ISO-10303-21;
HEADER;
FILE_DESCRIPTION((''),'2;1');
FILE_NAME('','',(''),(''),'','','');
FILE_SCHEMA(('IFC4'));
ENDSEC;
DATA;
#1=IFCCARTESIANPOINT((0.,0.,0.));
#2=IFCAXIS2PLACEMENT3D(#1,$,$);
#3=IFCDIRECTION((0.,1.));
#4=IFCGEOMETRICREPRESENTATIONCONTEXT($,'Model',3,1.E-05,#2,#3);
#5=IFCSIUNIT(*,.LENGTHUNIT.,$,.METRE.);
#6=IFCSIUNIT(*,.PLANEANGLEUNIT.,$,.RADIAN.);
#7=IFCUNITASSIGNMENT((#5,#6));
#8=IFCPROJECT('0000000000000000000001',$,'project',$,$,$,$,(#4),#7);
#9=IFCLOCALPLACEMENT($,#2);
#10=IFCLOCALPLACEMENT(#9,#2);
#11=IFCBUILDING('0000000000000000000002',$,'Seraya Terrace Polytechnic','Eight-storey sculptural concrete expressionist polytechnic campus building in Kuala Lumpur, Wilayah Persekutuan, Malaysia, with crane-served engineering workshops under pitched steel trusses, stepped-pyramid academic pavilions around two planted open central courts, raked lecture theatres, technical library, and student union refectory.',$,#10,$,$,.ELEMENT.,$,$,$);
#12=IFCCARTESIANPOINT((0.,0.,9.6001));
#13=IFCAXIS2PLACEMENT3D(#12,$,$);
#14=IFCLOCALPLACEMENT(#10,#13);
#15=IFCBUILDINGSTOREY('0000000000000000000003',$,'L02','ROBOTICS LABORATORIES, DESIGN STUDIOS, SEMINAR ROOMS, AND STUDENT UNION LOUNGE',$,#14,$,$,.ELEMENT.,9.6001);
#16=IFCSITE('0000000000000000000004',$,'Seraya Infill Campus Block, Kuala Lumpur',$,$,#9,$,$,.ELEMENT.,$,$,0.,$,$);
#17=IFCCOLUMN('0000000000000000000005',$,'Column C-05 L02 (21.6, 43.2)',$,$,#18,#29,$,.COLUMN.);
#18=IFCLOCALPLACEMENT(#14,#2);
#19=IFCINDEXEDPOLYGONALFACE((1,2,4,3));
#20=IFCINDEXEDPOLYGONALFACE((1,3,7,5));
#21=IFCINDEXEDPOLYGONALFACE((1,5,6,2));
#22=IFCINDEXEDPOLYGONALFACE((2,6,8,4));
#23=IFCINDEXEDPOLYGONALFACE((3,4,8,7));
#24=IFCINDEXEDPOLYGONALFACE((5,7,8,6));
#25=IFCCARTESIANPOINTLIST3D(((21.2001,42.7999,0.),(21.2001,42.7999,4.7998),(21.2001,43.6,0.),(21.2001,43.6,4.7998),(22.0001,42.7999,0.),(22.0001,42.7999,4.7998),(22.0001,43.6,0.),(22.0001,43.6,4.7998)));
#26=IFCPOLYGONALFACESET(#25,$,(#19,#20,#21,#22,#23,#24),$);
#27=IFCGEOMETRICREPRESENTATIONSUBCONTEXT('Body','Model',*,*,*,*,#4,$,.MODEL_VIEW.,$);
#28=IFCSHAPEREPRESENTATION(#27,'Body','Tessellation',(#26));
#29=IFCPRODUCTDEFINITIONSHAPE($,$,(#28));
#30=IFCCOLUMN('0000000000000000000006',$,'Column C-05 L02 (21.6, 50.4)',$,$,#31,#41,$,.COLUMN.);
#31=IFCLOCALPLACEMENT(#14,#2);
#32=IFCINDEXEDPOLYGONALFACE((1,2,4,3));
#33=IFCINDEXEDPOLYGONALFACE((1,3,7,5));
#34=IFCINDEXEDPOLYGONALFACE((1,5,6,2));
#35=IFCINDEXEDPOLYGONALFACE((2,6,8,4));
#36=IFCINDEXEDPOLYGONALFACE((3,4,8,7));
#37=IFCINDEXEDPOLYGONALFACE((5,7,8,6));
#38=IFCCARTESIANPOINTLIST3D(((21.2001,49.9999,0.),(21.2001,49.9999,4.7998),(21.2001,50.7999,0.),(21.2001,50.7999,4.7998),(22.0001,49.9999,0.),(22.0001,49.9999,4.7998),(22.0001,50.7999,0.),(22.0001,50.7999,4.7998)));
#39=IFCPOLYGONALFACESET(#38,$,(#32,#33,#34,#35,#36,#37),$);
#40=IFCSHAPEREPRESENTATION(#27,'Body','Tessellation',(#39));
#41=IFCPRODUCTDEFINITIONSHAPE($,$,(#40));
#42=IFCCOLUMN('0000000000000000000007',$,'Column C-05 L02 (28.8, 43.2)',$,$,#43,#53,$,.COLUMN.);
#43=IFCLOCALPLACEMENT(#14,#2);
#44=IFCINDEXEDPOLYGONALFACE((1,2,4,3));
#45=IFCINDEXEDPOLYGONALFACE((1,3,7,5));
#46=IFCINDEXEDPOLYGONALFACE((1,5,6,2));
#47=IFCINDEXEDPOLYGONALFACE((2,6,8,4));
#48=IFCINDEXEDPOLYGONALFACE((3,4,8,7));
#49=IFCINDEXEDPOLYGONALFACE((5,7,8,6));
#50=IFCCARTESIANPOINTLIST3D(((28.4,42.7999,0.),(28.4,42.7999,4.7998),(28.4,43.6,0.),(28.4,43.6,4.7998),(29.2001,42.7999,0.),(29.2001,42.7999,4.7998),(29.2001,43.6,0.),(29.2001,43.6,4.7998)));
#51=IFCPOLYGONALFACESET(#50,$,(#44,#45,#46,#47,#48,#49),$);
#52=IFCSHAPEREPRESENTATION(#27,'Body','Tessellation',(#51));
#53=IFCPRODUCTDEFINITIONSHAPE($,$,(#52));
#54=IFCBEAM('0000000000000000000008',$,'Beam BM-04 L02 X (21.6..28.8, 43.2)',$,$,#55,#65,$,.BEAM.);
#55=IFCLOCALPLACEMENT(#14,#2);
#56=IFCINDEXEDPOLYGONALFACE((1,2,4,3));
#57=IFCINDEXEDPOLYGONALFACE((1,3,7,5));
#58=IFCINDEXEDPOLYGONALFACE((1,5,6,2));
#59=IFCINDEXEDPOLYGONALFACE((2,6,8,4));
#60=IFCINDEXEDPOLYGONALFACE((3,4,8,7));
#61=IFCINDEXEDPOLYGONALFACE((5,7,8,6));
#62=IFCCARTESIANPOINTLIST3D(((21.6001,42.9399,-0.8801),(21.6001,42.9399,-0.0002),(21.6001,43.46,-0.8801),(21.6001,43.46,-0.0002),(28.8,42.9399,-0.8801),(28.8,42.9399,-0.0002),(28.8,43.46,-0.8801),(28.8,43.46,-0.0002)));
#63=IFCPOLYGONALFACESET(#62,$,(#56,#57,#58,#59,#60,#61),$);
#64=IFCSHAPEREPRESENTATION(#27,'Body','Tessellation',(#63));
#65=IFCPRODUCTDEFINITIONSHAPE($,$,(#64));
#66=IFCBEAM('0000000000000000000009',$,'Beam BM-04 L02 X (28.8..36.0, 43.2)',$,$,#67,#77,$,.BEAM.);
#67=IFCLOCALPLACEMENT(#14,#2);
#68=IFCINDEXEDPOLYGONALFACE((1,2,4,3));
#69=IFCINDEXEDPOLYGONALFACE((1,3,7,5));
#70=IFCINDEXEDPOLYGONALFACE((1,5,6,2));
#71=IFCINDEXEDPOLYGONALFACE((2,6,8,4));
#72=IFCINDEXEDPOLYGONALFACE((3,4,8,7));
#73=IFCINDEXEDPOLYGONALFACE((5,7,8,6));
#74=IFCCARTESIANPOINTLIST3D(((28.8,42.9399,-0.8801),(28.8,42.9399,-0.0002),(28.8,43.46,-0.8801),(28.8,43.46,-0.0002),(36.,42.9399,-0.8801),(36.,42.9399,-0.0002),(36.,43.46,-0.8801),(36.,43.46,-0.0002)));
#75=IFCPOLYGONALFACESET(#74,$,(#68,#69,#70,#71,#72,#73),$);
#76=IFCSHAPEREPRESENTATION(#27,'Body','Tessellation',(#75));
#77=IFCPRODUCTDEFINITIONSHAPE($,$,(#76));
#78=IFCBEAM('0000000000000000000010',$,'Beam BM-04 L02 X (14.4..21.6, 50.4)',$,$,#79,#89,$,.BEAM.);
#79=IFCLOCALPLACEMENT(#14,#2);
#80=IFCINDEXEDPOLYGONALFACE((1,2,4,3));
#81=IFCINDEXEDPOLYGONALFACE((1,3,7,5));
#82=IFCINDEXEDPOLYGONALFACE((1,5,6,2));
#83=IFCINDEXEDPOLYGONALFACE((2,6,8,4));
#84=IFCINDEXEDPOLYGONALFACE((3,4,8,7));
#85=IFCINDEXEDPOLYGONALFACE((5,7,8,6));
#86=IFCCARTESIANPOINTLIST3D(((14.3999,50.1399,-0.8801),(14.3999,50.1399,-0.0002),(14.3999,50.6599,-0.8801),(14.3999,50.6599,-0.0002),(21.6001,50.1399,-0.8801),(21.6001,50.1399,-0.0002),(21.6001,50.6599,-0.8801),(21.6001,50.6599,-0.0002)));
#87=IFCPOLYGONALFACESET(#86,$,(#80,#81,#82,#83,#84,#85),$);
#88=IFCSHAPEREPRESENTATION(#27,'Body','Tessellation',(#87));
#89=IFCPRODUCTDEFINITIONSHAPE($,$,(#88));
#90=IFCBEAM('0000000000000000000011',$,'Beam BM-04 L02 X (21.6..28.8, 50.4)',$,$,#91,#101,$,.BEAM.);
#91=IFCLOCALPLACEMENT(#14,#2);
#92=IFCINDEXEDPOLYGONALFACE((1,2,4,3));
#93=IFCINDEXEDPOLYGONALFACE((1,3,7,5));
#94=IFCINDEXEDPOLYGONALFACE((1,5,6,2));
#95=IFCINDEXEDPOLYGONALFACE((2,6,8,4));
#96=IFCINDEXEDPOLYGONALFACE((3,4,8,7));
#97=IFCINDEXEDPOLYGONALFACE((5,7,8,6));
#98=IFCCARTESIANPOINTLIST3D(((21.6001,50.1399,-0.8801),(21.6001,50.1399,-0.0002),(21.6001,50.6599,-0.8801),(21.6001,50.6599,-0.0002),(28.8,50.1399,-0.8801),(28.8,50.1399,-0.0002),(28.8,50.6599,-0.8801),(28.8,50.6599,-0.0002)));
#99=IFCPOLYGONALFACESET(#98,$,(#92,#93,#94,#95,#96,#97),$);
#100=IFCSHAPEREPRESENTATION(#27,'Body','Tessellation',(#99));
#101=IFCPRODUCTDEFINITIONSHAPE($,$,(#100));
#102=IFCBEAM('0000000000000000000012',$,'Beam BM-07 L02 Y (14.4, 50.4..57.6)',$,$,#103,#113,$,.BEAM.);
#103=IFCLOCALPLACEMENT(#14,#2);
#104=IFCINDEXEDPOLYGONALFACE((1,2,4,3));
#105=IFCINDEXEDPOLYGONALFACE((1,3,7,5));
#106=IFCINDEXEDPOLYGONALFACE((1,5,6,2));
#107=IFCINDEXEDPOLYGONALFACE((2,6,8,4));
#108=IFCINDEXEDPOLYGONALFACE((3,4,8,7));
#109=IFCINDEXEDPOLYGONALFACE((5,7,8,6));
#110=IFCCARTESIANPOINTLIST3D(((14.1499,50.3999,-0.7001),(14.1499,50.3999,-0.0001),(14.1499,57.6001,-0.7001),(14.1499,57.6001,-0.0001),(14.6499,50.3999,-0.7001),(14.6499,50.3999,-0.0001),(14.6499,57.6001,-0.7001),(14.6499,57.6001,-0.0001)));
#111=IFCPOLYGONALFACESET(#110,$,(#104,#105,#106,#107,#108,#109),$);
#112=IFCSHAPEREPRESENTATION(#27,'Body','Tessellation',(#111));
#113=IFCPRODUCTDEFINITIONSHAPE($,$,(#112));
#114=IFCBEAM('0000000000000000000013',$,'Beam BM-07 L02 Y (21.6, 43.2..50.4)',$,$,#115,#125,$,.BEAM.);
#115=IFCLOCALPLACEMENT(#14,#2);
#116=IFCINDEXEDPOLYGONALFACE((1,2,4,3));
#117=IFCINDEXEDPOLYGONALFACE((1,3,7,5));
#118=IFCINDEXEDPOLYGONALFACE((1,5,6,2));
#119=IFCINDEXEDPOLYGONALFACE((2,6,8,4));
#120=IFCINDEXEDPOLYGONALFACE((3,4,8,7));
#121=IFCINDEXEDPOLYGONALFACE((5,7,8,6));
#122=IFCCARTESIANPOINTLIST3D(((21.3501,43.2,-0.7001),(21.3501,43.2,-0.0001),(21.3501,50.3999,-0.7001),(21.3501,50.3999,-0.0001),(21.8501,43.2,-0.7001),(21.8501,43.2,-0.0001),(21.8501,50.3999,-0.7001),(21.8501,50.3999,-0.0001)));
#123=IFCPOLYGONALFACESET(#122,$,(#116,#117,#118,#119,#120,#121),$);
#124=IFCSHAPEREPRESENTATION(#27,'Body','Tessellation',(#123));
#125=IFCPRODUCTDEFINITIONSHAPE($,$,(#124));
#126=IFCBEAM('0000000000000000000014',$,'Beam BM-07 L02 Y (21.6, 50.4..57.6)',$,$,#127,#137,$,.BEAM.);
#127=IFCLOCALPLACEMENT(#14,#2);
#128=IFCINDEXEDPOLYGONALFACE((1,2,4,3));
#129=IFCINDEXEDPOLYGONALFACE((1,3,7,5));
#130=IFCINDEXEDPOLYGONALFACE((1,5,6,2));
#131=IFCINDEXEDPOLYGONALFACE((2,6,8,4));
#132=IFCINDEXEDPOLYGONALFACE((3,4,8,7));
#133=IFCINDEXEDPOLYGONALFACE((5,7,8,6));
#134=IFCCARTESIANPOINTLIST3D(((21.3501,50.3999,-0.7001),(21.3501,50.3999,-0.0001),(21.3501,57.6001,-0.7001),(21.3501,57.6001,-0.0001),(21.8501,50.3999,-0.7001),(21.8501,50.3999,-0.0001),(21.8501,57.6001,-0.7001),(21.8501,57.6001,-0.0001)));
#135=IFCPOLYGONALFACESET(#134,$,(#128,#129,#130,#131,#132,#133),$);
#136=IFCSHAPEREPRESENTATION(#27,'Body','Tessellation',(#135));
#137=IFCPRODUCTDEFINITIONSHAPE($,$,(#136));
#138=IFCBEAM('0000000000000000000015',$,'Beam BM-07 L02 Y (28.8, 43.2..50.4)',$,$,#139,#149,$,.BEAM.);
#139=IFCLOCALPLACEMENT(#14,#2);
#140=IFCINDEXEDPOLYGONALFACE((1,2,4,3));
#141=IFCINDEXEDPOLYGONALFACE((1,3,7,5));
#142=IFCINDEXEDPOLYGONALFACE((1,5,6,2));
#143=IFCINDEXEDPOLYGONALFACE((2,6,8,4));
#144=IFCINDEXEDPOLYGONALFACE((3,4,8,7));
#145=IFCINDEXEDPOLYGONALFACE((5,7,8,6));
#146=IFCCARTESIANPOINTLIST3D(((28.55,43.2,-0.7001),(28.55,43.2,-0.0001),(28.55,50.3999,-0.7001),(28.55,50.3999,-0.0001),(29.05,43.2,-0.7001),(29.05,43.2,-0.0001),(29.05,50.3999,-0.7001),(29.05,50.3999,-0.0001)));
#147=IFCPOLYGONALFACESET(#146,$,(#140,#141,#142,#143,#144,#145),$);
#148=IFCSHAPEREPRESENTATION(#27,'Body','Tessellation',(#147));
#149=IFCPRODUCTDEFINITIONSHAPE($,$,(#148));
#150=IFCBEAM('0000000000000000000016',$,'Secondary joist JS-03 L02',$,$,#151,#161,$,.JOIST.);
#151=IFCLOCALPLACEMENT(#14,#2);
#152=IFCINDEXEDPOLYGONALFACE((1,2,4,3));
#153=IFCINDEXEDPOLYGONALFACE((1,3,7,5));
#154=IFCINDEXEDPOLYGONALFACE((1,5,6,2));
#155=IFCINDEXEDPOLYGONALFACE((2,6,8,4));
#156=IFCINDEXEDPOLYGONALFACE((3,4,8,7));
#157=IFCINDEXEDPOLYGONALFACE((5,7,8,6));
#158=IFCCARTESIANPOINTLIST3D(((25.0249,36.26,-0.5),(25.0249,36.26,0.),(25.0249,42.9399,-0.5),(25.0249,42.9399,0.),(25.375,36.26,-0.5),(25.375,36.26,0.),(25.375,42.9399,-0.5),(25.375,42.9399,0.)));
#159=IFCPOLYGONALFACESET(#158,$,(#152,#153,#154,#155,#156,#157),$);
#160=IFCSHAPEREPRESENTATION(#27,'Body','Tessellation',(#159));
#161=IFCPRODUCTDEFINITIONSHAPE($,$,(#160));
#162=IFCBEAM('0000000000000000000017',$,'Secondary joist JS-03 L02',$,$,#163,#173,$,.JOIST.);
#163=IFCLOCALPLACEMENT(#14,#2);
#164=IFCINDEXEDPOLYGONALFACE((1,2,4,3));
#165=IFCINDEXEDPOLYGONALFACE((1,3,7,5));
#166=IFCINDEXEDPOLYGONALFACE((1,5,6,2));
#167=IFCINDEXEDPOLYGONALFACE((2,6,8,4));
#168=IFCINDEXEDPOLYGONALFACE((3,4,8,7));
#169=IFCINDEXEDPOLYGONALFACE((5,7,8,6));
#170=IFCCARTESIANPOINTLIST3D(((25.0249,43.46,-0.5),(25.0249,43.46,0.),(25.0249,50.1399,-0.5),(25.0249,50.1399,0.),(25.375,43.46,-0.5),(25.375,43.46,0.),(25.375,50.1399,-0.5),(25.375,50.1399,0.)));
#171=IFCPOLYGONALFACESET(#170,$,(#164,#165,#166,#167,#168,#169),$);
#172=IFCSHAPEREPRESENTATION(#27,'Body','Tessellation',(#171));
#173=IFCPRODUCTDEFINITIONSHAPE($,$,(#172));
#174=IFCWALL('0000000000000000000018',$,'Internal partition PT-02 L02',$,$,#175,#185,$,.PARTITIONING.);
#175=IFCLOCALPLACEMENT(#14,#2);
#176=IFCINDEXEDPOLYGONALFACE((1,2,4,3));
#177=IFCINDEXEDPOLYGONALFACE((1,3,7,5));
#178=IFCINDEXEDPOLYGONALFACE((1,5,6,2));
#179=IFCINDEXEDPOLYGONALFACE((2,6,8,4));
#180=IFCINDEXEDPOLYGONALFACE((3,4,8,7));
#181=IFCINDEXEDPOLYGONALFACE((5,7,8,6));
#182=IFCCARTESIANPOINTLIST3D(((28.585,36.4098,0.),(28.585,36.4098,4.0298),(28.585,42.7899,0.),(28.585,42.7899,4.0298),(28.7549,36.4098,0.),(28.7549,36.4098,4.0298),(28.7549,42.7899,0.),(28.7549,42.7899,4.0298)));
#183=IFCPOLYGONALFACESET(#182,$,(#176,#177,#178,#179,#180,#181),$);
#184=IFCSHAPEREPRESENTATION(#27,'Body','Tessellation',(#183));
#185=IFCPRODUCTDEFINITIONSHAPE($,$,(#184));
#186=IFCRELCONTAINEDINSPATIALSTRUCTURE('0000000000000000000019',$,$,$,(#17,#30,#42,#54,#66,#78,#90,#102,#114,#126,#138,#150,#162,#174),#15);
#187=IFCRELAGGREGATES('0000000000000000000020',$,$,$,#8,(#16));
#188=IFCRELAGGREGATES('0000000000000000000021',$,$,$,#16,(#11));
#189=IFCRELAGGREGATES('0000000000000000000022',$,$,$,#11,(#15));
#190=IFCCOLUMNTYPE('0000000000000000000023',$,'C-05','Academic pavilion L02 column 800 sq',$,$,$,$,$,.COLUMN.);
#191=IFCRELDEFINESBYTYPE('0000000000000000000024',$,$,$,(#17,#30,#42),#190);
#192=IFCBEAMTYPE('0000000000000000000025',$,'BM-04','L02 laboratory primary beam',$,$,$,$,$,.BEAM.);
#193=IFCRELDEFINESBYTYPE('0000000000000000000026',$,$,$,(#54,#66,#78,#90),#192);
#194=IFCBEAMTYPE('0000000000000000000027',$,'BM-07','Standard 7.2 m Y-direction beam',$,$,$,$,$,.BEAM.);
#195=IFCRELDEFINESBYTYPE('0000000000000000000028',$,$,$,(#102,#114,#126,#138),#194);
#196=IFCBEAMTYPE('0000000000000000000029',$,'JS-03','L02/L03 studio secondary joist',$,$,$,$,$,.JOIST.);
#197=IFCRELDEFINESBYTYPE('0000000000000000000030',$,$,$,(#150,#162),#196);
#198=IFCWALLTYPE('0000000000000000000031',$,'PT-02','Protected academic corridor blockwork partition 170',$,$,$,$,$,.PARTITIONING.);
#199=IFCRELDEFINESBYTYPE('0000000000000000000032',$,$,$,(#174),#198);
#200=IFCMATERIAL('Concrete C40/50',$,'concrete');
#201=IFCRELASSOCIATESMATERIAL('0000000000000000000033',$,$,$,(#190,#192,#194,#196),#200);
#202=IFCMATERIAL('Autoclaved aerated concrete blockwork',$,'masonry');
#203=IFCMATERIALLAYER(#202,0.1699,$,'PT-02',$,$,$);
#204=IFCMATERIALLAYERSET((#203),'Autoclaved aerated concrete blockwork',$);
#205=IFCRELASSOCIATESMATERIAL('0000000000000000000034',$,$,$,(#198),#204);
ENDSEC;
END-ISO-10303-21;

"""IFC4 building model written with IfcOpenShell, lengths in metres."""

from ifc_helpers import new_model, si_unit, direction, frame, frame_2d, origin, origin_2d, place, context, subcontext, project, spatial, rectangle, extrude, material, layer, layer_set, material_profile, profile_set, type_object, element, save


model = new_model("IFC4")

# Units and contexts
model_context = context("Model", 3, precision=1e-05, world=origin(), true_north=direction((0.0, 1.0)))
body_context = subcontext(model_context, "Body", "Model", "MODEL_VIEW")
ifc_project = project(units=[si_unit("LENGTHUNIT", "METRE"), si_unit("PLANEANGLEUNIT", "RADIAN")], contexts=[model_context])

# Site, building, storey
site_placement = place(None, origin())
site = spatial("IfcSite", under=ifc_project, at=site_placement, Name="Seraya Infill Campus Block, Kuala Lumpur", CompositionType="ELEMENT", RefElevation=0.0)
building_placement = place(site_placement, origin())
building = spatial("IfcBuilding", under=site, at=building_placement, Name="Seraya Terrace Polytechnic", Description="Eight-storey sculptural concrete expressionist polytechnic campus building in Kuala Lumpur, Wilayah Persekutuan, Malaysia, with crane-served engineering workshops under pitched steel trusses, stepped-pyramid academic pavilions around two planted open central courts, raked lecture theatres, technical library, and student union refectory.", CompositionType="ELEMENT")
storey_placement = place(building_placement, frame((0.0, 0.0, 9.6001)))
storey = spatial("IfcBuildingStorey", under=building, at=storey_placement, Name="L02", Description="ROBOTICS LABORATORIES, DESIGN STUDIOS, SEMINAR ROOMS, AND STUDENT UNION LOUNGE", CompositionType="ELEMENT", Elevation=9.6001)

# Columns
ifc_material_1 = material(Name="Concrete C40/50", Category="concrete")
ifc_material_profile_1 = material_profile(ifc_material_1, rectangle(XDim=0.8, YDim=0.8, at=origin_2d()), Name="RC 800x800")
ifc_profile_set_1 = profile_set([ifc_material_profile_1], Name="Concrete C40/50")
column_type = type_object("IfcColumnType", Name="C-05", Description="Academic pavilion L02 column 800 sq", PredefinedType="COLUMN", material=ifc_profile_set_1)
for number, where, z_axis, x_axis, name in (
    (1, (21.6001, 43.2, 0.0), (0.0, 0.0, 1.0), (1.0, 0.0, 0.0), "Column C-05 L02 (21.6, 43.2)"),
    (2, (21.6001, 50.3999, 0.0), (0.0, 0.0, 1.0), (1.0, 0.0, 0.0), "Column C-05 L02 (21.6, 50.4)"),
    (3, (28.8, 43.2, 0.0), (0.0, 0.0, 1.0), (1.0, 0.0, 0.0), "Column C-05 L02 (28.8, 43.2)"),
):
    element("IfcColumn", number, at=place(storey_placement, frame(where, z_axis=z_axis, x_axis=x_axis)), inside=storey, type_object=column_type, Name=name, PredefinedType="COLUMN", context=body_context, shape_type="SweptSolid", body=[
        extrude(rectangle(XDim=0.8, YDim=0.8, at=origin_2d()), origin(), (0.0, 0.0, 1.0), 4.7998),
    ])

# Beams
ifc_material_profile_2 = material_profile(ifc_material_1, rectangle(XDim=0.52, YDim=0.8799, at=origin_2d()), Name="RC 520x880")
ifc_profile_set_2 = profile_set([ifc_material_profile_2], Name="Concrete C40/50")
beam_type_1 = type_object("IfcBeamType", Name="BM-04", Description="L02 laboratory primary beam", PredefinedType="BEAM", material=ifc_profile_set_2)
for number, where, z_axis, x_axis, name in (
    (4, (21.6001, 43.2, -0.4402), (1.0, 0.0, 0.0), (0.0, 1.0, 0.0), "Beam BM-04 L02 X (21.6..28.8, 43.2)"),
    (5, (28.8, 43.2, -0.4402), (1.0, 0.0, 0.0), (0.0, 1.0, 0.0), "Beam BM-04 L02 X (28.8..36.0, 43.2)"),
):
    element("IfcBeam", number, at=place(storey_placement, frame(where, z_axis=z_axis, x_axis=x_axis)), inside=storey, type_object=beam_type_1, Name=name, PredefinedType="BEAM", context=body_context, shape_type="SweptSolid", body=[
        extrude(rectangle(XDim=0.52, YDim=0.8799, at=origin_2d()), origin(), (0.0, 0.0, 1.0), 7.2),
    ])
beam_1_placement = place(storey_placement, frame((14.3999, 50.3999, -0.4402), z_axis=(1.0, 0.0, 0.0), x_axis=(0.0, 1.0, 0.0)))
element("IfcBeam", 6, at=beam_1_placement, inside=storey, type_object=beam_type_1, Name="Beam BM-04 L02 X (14.4..21.6, 50.4)", PredefinedType="BEAM", context=body_context, shape_type="SweptSolid", body=[
    extrude(rectangle(XDim=0.52, YDim=0.8799, at=origin_2d()), origin(), (0.0, 0.0, 1.0), 7.2002),
])
beam_2_placement = place(storey_placement, frame((21.6001, 50.3999, -0.4402), z_axis=(1.0, 0.0, 0.0), x_axis=(0.0, 1.0, 0.0)))
element("IfcBeam", 7, at=beam_2_placement, inside=storey, type_object=beam_type_1, Name="Beam BM-04 L02 X (21.6..28.8, 50.4)", PredefinedType="BEAM", context=body_context, shape_type="SweptSolid", body=[
    extrude(rectangle(XDim=0.52, YDim=0.8799, at=origin_2d()), origin(), (0.0, 0.0, 1.0), 7.2),
])
ifc_material_profile_3 = material_profile(ifc_material_1, rectangle(XDim=0.5, YDim=0.7, at=origin_2d()), Name="RC 500x700")
ifc_profile_set_3 = profile_set([ifc_material_profile_3], Name="Concrete C40/50")
beam_type_2 = type_object("IfcBeamType", Name="BM-07", Description="Standard 7.2 m Y-direction beam", PredefinedType="BEAM", material=ifc_profile_set_3)
beam_3_placement = place(storey_placement, frame((14.3999, 50.3999, -0.3501), z_axis=(0.0, 1.0, 0.0), x_axis=(-1.0, 0.0, 0.0)))
element("IfcBeam", 8, at=beam_3_placement, inside=storey, type_object=beam_type_2, Name="Beam BM-07 L02 Y (14.4, 50.4..57.6)", PredefinedType="BEAM", context=body_context, shape_type="SweptSolid", body=[
    extrude(rectangle(XDim=0.5, YDim=0.7, at=origin_2d()), origin(), (0.0, 0.0, 1.0), 7.2002),
])
beam_4_placement = place(storey_placement, frame((21.6001, 43.2, -0.3501), z_axis=(0.0, 1.0, 0.0), x_axis=(-1.0, 0.0, 0.0)))
element("IfcBeam", 9, at=beam_4_placement, inside=storey, type_object=beam_type_2, Name="Beam BM-07 L02 Y (21.6, 43.2..50.4)", PredefinedType="BEAM", context=body_context, shape_type="SweptSolid", body=[
    extrude(rectangle(XDim=0.5, YDim=0.7, at=origin_2d()), origin(), (0.0, 0.0, 1.0), 7.2),
])
beam_5_placement = place(storey_placement, frame((21.6001, 50.3999, -0.3501), z_axis=(0.0, 1.0, 0.0), x_axis=(-1.0, 0.0, 0.0)))
element("IfcBeam", 10, at=beam_5_placement, inside=storey, type_object=beam_type_2, Name="Beam BM-07 L02 Y (21.6, 50.4..57.6)", PredefinedType="BEAM", context=body_context, shape_type="SweptSolid", body=[
    extrude(rectangle(XDim=0.5, YDim=0.7, at=origin_2d()), origin(), (0.0, 0.0, 1.0), 7.2002),
])
beam_6_placement = place(storey_placement, frame((28.8, 43.2, -0.3501), z_axis=(0.0, 1.0, 0.0), x_axis=(-1.0, 0.0, 0.0)))
element("IfcBeam", 11, at=beam_6_placement, inside=storey, type_object=beam_type_2, Name="Beam BM-07 L02 Y (28.8, 43.2..50.4)", PredefinedType="BEAM", context=body_context, shape_type="SweptSolid", body=[
    extrude(rectangle(XDim=0.5, YDim=0.7, at=origin_2d()), origin(), (0.0, 0.0, 1.0), 7.2),
])
ifc_material_profile_4 = material_profile(ifc_material_1, rectangle(XDim=0.3501, YDim=0.5, at=origin_2d()), Name="RC 350x500")
ifc_profile_set_4 = profile_set([ifc_material_profile_4], Name="Concrete C40/50")
beam_type_3 = type_object("IfcBeamType", Name="JS-03", Description="L02/L03 studio secondary joist", PredefinedType="JOIST", material=ifc_profile_set_4)
for number, where, z_axis, x_axis, name in (
    (12, (25.2, 36.26, -0.25), (0.0, 1.0, 0.0), (-1.0, 0.0, 0.0), "Secondary joist JS-03 L02"),
    (13, (25.2, 43.46, -0.25), (0.0, 1.0, 0.0), (-1.0, 0.0, 0.0), "Secondary joist JS-03 L02"),
):
    element("IfcBeam", number, at=place(storey_placement, frame(where, z_axis=z_axis, x_axis=x_axis)), inside=storey, type_object=beam_type_3, Name=name, PredefinedType="JOIST", context=body_context, shape_type="SweptSolid", body=[
        extrude(rectangle(XDim=0.3501, YDim=0.5, at=origin_2d()), origin(), (0.0, 0.0, 1.0), 6.6799),
    ])

# Wall
ifc_material_2 = material(Name="Autoclaved aerated concrete blockwork", Category="masonry")
ifc_layer = layer(ifc_material_2, 0.1699, Name="PT-02")
ifc_layer_set = layer_set([ifc_layer], Name="Autoclaved aerated concrete blockwork")
wall_type = type_object("IfcWallType", Name="PT-02", Description="Protected academic corridor blockwork partition 170", PredefinedType="PARTITIONING", material=ifc_layer_set)
wall_1_placement = place(storey_placement, frame((28.6699, 36.4099, 0.0), z_axis=(0.0, 0.0, 1.0), x_axis=(0.0, 1.0, 0.0)))
element("IfcWall", 14, at=wall_1_placement, inside=storey, type_object=wall_type, Name="Internal partition PT-02 L02", PredefinedType="PARTITIONING", context=body_context, shape_type="SweptSolid", body=[
    extrude(rectangle(XDim=6.3801, YDim=0.1699, at=frame_2d((3.1899, 0.0))), origin(), (0.0, 0.0, 1.0), 4.0298),
])

save(model, "model.ifc")
